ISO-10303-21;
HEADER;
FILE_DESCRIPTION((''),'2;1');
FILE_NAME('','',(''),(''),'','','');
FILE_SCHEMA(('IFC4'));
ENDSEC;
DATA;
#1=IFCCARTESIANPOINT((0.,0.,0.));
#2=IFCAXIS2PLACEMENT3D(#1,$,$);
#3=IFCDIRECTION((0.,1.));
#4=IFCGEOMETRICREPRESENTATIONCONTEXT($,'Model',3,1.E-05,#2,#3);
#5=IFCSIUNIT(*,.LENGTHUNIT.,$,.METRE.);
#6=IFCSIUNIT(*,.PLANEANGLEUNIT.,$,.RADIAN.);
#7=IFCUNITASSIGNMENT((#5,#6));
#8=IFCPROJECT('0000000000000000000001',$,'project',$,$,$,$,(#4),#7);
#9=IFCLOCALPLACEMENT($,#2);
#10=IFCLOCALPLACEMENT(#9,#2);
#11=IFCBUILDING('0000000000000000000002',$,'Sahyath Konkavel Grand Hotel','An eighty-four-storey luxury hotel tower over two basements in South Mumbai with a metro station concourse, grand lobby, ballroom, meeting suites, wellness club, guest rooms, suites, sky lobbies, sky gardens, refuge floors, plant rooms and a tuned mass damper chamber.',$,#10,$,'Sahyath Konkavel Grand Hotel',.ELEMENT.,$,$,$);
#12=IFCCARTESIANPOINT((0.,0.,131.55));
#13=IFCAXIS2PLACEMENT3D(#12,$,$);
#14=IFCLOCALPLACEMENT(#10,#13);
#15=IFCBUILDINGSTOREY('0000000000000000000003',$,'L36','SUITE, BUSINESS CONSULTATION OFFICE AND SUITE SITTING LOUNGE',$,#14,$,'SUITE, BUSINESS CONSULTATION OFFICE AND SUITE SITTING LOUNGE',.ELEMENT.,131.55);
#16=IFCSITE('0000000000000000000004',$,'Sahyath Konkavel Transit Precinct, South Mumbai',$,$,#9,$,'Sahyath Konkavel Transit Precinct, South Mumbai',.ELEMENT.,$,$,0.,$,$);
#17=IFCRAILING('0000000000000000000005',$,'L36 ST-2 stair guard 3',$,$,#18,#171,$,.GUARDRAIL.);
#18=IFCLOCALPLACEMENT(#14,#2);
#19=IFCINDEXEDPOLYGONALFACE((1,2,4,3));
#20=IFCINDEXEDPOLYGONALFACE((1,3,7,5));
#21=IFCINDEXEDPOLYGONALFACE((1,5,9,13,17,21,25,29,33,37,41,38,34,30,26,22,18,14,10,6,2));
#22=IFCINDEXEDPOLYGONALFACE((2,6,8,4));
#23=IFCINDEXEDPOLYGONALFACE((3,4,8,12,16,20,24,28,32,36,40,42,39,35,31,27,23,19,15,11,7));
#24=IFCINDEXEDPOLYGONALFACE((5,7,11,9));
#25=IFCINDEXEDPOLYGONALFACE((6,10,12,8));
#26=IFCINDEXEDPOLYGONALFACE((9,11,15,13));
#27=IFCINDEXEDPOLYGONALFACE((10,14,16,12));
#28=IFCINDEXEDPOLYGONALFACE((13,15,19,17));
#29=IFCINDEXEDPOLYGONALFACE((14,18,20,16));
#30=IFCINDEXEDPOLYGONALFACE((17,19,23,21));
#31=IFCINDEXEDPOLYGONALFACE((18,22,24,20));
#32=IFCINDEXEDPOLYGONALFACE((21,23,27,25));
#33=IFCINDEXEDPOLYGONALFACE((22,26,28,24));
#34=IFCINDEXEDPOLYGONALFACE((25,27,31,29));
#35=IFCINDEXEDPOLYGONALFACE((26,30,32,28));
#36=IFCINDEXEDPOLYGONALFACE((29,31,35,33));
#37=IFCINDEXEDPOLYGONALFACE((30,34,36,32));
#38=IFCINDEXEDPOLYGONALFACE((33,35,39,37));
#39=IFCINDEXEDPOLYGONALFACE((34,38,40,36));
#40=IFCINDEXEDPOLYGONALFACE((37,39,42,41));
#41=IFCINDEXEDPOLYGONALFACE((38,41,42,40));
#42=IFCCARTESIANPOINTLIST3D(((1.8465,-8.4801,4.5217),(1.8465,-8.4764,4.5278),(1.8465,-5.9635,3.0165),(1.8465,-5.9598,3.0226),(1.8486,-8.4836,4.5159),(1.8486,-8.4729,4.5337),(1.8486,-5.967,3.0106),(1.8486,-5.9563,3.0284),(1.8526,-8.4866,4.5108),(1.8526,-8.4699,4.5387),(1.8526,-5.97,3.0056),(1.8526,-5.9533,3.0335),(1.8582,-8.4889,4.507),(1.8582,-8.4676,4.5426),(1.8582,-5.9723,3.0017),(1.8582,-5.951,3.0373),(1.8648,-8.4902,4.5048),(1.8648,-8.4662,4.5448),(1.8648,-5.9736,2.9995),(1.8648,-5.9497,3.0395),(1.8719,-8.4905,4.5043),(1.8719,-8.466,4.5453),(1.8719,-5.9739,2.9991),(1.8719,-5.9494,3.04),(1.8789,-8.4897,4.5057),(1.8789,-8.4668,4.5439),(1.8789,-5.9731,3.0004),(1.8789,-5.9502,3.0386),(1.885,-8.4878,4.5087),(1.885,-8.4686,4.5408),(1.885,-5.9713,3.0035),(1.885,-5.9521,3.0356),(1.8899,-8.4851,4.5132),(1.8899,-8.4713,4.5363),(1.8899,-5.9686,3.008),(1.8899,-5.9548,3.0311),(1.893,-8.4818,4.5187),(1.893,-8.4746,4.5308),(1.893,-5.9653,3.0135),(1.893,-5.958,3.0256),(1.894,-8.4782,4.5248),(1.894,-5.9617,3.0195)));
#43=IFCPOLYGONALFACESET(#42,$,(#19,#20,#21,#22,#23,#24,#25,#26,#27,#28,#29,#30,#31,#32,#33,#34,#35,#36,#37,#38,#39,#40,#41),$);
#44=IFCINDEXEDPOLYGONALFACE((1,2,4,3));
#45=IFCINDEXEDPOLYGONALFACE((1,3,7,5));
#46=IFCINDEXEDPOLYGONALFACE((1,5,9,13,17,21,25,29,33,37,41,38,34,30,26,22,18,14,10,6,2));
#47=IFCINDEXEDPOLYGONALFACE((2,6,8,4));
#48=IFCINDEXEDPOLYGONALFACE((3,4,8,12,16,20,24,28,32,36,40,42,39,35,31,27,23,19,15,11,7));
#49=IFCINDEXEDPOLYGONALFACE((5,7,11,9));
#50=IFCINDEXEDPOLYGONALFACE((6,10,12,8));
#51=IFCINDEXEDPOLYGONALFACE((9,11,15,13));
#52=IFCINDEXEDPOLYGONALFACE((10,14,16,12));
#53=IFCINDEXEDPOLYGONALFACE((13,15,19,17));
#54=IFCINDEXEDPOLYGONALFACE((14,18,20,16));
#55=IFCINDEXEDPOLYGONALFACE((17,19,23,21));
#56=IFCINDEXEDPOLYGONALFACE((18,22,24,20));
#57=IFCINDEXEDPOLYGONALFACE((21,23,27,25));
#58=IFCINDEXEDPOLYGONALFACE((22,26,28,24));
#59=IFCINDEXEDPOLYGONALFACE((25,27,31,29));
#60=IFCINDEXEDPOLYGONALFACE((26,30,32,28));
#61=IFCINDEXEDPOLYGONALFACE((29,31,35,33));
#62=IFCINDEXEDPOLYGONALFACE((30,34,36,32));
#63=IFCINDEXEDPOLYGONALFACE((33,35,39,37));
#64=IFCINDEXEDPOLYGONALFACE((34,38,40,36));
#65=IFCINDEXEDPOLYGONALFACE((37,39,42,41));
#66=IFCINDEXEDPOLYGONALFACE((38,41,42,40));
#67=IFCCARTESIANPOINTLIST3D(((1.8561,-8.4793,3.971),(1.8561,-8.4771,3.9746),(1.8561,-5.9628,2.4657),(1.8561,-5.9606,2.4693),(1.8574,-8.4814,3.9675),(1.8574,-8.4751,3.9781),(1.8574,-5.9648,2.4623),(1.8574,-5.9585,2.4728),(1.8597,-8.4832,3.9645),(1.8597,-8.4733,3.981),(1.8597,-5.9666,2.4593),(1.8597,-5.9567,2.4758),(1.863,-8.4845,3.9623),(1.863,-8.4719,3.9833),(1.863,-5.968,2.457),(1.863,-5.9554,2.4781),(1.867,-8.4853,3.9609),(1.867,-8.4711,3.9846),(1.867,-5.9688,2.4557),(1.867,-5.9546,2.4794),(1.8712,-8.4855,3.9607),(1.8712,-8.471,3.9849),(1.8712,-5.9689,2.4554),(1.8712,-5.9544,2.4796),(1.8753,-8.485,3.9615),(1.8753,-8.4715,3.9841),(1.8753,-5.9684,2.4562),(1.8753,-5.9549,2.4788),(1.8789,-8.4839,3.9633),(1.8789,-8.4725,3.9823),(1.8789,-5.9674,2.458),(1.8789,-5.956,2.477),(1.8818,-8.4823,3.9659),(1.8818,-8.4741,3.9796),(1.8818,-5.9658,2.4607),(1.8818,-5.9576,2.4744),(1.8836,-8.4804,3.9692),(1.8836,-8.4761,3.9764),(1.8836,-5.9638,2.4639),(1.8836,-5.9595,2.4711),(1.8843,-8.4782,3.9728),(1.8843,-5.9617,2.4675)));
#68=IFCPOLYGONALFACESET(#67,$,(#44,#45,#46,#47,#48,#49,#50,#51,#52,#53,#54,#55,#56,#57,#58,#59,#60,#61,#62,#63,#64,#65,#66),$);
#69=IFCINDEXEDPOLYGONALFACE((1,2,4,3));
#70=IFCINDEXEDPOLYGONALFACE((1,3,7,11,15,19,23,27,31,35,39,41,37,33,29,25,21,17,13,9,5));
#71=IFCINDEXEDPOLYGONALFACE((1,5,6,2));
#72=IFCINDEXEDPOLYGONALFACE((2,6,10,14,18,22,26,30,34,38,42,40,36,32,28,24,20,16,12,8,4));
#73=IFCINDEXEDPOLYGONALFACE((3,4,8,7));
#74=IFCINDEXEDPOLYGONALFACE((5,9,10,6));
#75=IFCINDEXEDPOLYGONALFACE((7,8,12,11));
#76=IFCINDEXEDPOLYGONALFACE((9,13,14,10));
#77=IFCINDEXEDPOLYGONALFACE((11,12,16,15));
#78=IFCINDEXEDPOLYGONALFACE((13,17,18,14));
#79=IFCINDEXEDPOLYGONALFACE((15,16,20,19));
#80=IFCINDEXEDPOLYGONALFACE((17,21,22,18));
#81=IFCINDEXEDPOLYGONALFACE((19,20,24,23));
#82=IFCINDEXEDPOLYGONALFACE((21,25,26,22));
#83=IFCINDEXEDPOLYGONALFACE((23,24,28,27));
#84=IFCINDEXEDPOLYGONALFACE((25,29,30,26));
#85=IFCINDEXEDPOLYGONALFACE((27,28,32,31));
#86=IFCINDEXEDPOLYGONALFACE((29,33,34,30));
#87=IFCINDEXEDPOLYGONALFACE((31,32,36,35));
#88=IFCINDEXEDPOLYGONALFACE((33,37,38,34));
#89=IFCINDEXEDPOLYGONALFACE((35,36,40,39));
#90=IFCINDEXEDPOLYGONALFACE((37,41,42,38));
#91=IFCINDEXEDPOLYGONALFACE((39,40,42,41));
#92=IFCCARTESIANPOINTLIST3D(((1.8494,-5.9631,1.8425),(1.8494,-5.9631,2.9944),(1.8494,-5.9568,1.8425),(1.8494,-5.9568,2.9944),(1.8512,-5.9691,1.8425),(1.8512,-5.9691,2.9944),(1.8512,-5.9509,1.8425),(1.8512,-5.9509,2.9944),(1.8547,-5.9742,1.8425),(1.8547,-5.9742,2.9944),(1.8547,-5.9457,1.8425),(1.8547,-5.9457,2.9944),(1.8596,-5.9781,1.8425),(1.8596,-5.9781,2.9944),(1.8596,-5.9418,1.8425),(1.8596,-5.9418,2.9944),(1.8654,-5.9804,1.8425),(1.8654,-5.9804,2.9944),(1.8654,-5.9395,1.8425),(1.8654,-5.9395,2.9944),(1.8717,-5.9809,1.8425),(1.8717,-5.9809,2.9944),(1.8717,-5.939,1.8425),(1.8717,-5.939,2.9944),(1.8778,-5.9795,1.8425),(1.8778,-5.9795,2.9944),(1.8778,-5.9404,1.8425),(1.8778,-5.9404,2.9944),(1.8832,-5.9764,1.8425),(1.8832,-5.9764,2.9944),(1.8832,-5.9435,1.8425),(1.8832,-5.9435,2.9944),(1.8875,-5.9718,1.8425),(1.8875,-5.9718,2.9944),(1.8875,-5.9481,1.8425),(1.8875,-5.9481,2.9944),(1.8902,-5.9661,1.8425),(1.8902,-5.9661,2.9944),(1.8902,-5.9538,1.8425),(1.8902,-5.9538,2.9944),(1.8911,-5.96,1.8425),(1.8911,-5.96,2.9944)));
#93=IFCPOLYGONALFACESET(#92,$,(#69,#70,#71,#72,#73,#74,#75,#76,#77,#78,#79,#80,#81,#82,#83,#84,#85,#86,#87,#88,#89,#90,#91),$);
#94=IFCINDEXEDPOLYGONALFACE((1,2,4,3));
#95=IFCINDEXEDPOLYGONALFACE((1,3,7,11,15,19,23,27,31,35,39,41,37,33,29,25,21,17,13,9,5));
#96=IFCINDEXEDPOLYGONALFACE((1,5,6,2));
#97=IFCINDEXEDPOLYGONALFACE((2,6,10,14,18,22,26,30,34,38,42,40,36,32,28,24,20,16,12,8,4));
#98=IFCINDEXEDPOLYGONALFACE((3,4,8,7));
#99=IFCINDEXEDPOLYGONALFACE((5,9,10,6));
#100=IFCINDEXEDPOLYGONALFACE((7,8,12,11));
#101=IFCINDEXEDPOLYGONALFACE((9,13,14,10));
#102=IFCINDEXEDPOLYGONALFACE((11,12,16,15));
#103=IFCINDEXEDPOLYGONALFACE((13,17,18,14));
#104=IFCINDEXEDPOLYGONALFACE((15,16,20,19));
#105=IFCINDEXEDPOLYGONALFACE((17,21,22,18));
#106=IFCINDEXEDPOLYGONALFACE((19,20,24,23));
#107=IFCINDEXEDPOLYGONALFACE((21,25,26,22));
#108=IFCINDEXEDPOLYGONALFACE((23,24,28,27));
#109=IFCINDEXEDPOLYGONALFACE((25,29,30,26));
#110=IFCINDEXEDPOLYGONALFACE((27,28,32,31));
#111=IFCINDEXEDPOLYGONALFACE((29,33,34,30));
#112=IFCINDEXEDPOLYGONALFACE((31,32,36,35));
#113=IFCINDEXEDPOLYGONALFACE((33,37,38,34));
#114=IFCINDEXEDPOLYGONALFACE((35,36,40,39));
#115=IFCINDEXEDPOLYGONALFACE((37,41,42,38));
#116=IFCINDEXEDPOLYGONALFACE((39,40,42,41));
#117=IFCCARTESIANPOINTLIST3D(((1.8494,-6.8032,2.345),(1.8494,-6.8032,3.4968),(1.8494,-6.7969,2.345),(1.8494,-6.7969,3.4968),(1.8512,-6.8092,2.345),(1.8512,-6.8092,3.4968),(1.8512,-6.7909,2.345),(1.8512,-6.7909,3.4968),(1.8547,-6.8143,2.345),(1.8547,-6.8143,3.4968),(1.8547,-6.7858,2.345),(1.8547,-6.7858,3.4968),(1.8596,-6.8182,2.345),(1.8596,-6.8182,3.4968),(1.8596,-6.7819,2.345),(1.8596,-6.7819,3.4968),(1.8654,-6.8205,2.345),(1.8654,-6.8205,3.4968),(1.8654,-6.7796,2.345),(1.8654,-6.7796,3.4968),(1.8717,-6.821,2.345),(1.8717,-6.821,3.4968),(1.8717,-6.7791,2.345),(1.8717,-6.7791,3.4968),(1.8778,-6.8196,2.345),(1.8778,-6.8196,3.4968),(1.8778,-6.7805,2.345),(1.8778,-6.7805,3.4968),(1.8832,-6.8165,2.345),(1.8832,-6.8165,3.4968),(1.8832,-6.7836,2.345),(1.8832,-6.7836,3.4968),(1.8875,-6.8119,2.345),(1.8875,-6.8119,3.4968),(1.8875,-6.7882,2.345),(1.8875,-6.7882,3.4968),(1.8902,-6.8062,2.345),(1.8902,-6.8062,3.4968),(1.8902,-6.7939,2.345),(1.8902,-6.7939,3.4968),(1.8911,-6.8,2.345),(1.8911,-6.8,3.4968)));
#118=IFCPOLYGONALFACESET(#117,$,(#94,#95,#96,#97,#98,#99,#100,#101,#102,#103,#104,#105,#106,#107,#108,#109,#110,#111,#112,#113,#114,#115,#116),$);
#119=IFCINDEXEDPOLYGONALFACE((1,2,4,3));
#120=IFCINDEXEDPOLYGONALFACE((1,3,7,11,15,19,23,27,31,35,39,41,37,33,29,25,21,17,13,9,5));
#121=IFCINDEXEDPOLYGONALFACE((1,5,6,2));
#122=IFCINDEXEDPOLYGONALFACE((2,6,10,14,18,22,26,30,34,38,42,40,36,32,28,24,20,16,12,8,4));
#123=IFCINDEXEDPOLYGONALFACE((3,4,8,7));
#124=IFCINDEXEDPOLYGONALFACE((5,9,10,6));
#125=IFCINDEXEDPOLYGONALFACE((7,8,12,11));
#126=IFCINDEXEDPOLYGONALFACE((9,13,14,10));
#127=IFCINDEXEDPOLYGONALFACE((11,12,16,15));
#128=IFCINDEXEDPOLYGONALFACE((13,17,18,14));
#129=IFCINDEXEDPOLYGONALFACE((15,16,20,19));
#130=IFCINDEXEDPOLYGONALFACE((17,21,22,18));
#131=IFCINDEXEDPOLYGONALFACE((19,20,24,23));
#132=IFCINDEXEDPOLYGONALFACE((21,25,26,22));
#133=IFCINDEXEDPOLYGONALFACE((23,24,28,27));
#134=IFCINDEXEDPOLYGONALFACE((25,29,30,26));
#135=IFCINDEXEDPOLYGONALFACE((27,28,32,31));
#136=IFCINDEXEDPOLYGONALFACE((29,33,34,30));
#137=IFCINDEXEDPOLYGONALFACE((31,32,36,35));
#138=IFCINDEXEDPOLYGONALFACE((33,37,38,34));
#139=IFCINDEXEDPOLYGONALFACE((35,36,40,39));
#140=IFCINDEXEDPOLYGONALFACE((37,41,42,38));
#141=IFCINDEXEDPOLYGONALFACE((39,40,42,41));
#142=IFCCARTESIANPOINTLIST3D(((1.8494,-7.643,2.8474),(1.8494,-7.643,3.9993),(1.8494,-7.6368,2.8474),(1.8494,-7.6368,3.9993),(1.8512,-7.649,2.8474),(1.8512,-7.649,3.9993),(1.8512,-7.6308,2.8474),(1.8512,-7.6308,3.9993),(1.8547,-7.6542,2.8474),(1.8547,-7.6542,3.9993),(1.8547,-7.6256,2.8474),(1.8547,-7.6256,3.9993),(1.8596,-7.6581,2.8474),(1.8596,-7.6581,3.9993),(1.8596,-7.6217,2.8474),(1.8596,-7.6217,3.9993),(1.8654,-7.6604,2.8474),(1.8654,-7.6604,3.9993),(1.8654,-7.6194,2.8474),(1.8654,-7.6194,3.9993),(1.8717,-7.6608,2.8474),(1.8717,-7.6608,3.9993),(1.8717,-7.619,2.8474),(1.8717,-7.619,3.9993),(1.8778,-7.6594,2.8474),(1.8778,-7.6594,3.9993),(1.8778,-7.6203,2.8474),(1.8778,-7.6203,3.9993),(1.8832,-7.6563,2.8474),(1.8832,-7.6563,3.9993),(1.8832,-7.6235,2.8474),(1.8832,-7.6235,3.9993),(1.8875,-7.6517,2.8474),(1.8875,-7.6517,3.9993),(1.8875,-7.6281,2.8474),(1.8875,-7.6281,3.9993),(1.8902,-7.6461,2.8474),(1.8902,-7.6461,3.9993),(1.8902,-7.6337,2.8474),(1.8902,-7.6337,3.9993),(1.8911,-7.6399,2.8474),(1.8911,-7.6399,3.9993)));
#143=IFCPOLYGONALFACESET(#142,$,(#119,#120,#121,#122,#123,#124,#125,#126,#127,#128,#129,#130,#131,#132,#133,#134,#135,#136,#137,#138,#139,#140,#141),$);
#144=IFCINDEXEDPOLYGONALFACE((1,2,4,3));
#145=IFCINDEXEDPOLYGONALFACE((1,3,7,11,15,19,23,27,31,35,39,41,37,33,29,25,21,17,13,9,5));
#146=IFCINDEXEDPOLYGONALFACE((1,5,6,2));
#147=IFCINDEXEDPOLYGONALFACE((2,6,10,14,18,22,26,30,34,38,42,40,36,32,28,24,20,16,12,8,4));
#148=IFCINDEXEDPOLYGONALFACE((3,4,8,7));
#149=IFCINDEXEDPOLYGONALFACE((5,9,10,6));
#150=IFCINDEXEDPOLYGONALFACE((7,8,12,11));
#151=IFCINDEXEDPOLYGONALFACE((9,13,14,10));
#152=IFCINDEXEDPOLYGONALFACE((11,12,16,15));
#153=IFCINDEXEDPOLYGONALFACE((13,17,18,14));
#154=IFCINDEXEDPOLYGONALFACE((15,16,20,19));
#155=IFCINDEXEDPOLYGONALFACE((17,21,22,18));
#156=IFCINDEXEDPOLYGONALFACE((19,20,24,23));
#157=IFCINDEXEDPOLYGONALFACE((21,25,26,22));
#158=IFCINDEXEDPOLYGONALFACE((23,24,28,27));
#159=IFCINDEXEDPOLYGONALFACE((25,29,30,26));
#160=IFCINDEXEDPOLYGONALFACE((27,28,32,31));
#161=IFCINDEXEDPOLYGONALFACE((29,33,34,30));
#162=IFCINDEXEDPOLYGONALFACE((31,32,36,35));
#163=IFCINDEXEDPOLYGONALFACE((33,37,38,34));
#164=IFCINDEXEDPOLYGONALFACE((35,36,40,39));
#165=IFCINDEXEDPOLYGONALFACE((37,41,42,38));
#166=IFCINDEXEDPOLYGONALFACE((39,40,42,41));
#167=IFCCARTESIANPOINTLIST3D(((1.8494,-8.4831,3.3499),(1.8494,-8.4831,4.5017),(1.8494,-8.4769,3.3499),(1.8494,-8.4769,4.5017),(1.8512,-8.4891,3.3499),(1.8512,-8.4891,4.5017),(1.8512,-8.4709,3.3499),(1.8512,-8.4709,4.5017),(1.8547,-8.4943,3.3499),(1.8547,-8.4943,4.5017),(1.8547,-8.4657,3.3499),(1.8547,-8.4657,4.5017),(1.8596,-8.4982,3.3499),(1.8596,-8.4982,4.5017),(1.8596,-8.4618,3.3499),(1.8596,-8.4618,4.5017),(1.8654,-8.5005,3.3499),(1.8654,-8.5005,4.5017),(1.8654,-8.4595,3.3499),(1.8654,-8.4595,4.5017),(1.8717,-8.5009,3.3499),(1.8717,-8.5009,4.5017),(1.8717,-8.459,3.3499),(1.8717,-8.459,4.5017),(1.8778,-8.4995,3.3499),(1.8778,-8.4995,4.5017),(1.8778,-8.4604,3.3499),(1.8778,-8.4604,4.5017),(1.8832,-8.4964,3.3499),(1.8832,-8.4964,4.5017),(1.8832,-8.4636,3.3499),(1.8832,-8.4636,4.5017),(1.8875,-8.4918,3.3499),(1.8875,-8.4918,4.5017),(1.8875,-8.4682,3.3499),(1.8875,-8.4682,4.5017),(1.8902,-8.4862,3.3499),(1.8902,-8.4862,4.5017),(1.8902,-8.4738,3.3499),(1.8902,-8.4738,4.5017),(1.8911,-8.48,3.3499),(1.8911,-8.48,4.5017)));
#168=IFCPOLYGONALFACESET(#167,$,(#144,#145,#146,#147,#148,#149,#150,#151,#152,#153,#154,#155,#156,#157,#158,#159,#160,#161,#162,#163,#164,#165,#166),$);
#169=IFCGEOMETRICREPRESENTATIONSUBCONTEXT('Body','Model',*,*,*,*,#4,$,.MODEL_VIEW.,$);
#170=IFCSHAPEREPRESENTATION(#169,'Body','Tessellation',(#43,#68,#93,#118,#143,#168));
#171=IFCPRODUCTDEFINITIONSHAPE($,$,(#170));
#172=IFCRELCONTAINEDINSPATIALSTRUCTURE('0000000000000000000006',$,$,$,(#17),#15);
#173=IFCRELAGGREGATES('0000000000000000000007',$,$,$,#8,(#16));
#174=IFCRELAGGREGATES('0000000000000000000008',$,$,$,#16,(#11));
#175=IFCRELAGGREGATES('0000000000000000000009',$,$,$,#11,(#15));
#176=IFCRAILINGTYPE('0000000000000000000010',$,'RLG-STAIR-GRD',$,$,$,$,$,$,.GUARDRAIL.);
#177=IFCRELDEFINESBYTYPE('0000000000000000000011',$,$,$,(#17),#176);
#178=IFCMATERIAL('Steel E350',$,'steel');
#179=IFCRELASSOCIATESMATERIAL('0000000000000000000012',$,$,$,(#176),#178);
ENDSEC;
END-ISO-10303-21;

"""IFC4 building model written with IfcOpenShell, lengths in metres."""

from ifc_helpers import new_model, si_unit, direction, frame, origin, origin_2d, place, context, subcontext, project, spatial, circle, extrude, material, type_object, element, save


model = new_model("IFC4")

# Units and contexts
model_context = context("Model", 3, precision=1e-05, world=origin(), true_north=direction((0.0, 1.0)))
body_context = subcontext(model_context, "Body", "Model", "MODEL_VIEW")
ifc_project = project(units=[si_unit("LENGTHUNIT", "METRE"), si_unit("PLANEANGLEUNIT", "RADIAN")], contexts=[model_context])

# Site, building, storey
site_placement = place(None, origin())
site = spatial("IfcSite", under=ifc_project, at=site_placement, Name="Sahyath Konkavel Transit Precinct, South Mumbai", LongName="Sahyath Konkavel Transit Precinct, South Mumbai", CompositionType="ELEMENT", RefElevation=0.0)
building_placement = place(site_placement, origin())
building = spatial("IfcBuilding", under=site, at=building_placement, Name="Sahyath Konkavel Grand Hotel", Description="An eighty-four-storey luxury hotel tower over two basements in South Mumbai with a metro station concourse, grand lobby, ballroom, meeting suites, wellness club, guest rooms, suites, sky lobbies, sky gardens, refuge floors, plant rooms and a tuned mass damper chamber.", LongName="Sahyath Konkavel Grand Hotel", CompositionType="ELEMENT")
storey_placement = place(building_placement, frame((0.0, 0.0, 131.55)))
storey = spatial("IfcBuildingStorey", under=building, at=storey_placement, Name="L36", Description="SUITE, BUSINESS CONSULTATION OFFICE AND SUITE SITTING LOUNGE", LongName="SUITE, BUSINESS CONSULTATION OFFICE AND SUITE SITTING LOUNGE", CompositionType="ELEMENT", Elevation=131.55)

# Shared definitions
ifc_material_1 = material(Name="Steel E350", Category="steel")

# Railing
railing_type_1 = type_object("IfcRailingType", Name="RLG-STAIR-GRD", PredefinedType="GUARDRAIL", material=ifc_material_1)
railing_1_placement = place(storey_placement, frame((1.8701, -5.96, 1.8425)))
element("IfcRailing", 1, at=railing_1_placement, inside=storey, type_object=railing_type_1, Name="L36 ST-2 stair guard 3", PredefinedType="GUARDRAIL", context=body_context, shape_type="SweptSolid", body=[
    extrude(circle(Radius=0.0239, at=origin_2d()), frame((0.0, -0.0017, 1.177), z_axis=(0.0, -0.858196, 0.513321), x_axis=(1.0, 0.0, 0.0)), (0.0, 0.0, 1.0), 2.9324),
    extrude(circle(Radius=0.0142, at=origin_2d()), frame((0.0, -0.0017, 0.625), z_axis=(0.0, -0.858196, 0.513321), x_axis=(1.0, 0.0, 0.0)), (0.0, 0.0, 1.0), 2.9324),
    extrude(circle(Radius=0.021, at=origin_2d()), origin(), (0.0, 0.0, 1.0), 1.1519),
    extrude(circle(Radius=0.021, at=origin_2d()), frame((0.0, -0.8401, 0.5024)), (0.0, 0.0, 1.0), 1.1519),
    extrude(circle(Radius=0.021, at=origin_2d()), frame((0.0, -1.6799, 1.0049)), (0.0, 0.0, 1.0), 1.1519),
    extrude(circle(Radius=0.021, at=origin_2d()), frame((0.0, -2.52, 1.5073)), (0.0, 0.0, 1.0), 1.1519),
])

save(model, "model.ifc")
